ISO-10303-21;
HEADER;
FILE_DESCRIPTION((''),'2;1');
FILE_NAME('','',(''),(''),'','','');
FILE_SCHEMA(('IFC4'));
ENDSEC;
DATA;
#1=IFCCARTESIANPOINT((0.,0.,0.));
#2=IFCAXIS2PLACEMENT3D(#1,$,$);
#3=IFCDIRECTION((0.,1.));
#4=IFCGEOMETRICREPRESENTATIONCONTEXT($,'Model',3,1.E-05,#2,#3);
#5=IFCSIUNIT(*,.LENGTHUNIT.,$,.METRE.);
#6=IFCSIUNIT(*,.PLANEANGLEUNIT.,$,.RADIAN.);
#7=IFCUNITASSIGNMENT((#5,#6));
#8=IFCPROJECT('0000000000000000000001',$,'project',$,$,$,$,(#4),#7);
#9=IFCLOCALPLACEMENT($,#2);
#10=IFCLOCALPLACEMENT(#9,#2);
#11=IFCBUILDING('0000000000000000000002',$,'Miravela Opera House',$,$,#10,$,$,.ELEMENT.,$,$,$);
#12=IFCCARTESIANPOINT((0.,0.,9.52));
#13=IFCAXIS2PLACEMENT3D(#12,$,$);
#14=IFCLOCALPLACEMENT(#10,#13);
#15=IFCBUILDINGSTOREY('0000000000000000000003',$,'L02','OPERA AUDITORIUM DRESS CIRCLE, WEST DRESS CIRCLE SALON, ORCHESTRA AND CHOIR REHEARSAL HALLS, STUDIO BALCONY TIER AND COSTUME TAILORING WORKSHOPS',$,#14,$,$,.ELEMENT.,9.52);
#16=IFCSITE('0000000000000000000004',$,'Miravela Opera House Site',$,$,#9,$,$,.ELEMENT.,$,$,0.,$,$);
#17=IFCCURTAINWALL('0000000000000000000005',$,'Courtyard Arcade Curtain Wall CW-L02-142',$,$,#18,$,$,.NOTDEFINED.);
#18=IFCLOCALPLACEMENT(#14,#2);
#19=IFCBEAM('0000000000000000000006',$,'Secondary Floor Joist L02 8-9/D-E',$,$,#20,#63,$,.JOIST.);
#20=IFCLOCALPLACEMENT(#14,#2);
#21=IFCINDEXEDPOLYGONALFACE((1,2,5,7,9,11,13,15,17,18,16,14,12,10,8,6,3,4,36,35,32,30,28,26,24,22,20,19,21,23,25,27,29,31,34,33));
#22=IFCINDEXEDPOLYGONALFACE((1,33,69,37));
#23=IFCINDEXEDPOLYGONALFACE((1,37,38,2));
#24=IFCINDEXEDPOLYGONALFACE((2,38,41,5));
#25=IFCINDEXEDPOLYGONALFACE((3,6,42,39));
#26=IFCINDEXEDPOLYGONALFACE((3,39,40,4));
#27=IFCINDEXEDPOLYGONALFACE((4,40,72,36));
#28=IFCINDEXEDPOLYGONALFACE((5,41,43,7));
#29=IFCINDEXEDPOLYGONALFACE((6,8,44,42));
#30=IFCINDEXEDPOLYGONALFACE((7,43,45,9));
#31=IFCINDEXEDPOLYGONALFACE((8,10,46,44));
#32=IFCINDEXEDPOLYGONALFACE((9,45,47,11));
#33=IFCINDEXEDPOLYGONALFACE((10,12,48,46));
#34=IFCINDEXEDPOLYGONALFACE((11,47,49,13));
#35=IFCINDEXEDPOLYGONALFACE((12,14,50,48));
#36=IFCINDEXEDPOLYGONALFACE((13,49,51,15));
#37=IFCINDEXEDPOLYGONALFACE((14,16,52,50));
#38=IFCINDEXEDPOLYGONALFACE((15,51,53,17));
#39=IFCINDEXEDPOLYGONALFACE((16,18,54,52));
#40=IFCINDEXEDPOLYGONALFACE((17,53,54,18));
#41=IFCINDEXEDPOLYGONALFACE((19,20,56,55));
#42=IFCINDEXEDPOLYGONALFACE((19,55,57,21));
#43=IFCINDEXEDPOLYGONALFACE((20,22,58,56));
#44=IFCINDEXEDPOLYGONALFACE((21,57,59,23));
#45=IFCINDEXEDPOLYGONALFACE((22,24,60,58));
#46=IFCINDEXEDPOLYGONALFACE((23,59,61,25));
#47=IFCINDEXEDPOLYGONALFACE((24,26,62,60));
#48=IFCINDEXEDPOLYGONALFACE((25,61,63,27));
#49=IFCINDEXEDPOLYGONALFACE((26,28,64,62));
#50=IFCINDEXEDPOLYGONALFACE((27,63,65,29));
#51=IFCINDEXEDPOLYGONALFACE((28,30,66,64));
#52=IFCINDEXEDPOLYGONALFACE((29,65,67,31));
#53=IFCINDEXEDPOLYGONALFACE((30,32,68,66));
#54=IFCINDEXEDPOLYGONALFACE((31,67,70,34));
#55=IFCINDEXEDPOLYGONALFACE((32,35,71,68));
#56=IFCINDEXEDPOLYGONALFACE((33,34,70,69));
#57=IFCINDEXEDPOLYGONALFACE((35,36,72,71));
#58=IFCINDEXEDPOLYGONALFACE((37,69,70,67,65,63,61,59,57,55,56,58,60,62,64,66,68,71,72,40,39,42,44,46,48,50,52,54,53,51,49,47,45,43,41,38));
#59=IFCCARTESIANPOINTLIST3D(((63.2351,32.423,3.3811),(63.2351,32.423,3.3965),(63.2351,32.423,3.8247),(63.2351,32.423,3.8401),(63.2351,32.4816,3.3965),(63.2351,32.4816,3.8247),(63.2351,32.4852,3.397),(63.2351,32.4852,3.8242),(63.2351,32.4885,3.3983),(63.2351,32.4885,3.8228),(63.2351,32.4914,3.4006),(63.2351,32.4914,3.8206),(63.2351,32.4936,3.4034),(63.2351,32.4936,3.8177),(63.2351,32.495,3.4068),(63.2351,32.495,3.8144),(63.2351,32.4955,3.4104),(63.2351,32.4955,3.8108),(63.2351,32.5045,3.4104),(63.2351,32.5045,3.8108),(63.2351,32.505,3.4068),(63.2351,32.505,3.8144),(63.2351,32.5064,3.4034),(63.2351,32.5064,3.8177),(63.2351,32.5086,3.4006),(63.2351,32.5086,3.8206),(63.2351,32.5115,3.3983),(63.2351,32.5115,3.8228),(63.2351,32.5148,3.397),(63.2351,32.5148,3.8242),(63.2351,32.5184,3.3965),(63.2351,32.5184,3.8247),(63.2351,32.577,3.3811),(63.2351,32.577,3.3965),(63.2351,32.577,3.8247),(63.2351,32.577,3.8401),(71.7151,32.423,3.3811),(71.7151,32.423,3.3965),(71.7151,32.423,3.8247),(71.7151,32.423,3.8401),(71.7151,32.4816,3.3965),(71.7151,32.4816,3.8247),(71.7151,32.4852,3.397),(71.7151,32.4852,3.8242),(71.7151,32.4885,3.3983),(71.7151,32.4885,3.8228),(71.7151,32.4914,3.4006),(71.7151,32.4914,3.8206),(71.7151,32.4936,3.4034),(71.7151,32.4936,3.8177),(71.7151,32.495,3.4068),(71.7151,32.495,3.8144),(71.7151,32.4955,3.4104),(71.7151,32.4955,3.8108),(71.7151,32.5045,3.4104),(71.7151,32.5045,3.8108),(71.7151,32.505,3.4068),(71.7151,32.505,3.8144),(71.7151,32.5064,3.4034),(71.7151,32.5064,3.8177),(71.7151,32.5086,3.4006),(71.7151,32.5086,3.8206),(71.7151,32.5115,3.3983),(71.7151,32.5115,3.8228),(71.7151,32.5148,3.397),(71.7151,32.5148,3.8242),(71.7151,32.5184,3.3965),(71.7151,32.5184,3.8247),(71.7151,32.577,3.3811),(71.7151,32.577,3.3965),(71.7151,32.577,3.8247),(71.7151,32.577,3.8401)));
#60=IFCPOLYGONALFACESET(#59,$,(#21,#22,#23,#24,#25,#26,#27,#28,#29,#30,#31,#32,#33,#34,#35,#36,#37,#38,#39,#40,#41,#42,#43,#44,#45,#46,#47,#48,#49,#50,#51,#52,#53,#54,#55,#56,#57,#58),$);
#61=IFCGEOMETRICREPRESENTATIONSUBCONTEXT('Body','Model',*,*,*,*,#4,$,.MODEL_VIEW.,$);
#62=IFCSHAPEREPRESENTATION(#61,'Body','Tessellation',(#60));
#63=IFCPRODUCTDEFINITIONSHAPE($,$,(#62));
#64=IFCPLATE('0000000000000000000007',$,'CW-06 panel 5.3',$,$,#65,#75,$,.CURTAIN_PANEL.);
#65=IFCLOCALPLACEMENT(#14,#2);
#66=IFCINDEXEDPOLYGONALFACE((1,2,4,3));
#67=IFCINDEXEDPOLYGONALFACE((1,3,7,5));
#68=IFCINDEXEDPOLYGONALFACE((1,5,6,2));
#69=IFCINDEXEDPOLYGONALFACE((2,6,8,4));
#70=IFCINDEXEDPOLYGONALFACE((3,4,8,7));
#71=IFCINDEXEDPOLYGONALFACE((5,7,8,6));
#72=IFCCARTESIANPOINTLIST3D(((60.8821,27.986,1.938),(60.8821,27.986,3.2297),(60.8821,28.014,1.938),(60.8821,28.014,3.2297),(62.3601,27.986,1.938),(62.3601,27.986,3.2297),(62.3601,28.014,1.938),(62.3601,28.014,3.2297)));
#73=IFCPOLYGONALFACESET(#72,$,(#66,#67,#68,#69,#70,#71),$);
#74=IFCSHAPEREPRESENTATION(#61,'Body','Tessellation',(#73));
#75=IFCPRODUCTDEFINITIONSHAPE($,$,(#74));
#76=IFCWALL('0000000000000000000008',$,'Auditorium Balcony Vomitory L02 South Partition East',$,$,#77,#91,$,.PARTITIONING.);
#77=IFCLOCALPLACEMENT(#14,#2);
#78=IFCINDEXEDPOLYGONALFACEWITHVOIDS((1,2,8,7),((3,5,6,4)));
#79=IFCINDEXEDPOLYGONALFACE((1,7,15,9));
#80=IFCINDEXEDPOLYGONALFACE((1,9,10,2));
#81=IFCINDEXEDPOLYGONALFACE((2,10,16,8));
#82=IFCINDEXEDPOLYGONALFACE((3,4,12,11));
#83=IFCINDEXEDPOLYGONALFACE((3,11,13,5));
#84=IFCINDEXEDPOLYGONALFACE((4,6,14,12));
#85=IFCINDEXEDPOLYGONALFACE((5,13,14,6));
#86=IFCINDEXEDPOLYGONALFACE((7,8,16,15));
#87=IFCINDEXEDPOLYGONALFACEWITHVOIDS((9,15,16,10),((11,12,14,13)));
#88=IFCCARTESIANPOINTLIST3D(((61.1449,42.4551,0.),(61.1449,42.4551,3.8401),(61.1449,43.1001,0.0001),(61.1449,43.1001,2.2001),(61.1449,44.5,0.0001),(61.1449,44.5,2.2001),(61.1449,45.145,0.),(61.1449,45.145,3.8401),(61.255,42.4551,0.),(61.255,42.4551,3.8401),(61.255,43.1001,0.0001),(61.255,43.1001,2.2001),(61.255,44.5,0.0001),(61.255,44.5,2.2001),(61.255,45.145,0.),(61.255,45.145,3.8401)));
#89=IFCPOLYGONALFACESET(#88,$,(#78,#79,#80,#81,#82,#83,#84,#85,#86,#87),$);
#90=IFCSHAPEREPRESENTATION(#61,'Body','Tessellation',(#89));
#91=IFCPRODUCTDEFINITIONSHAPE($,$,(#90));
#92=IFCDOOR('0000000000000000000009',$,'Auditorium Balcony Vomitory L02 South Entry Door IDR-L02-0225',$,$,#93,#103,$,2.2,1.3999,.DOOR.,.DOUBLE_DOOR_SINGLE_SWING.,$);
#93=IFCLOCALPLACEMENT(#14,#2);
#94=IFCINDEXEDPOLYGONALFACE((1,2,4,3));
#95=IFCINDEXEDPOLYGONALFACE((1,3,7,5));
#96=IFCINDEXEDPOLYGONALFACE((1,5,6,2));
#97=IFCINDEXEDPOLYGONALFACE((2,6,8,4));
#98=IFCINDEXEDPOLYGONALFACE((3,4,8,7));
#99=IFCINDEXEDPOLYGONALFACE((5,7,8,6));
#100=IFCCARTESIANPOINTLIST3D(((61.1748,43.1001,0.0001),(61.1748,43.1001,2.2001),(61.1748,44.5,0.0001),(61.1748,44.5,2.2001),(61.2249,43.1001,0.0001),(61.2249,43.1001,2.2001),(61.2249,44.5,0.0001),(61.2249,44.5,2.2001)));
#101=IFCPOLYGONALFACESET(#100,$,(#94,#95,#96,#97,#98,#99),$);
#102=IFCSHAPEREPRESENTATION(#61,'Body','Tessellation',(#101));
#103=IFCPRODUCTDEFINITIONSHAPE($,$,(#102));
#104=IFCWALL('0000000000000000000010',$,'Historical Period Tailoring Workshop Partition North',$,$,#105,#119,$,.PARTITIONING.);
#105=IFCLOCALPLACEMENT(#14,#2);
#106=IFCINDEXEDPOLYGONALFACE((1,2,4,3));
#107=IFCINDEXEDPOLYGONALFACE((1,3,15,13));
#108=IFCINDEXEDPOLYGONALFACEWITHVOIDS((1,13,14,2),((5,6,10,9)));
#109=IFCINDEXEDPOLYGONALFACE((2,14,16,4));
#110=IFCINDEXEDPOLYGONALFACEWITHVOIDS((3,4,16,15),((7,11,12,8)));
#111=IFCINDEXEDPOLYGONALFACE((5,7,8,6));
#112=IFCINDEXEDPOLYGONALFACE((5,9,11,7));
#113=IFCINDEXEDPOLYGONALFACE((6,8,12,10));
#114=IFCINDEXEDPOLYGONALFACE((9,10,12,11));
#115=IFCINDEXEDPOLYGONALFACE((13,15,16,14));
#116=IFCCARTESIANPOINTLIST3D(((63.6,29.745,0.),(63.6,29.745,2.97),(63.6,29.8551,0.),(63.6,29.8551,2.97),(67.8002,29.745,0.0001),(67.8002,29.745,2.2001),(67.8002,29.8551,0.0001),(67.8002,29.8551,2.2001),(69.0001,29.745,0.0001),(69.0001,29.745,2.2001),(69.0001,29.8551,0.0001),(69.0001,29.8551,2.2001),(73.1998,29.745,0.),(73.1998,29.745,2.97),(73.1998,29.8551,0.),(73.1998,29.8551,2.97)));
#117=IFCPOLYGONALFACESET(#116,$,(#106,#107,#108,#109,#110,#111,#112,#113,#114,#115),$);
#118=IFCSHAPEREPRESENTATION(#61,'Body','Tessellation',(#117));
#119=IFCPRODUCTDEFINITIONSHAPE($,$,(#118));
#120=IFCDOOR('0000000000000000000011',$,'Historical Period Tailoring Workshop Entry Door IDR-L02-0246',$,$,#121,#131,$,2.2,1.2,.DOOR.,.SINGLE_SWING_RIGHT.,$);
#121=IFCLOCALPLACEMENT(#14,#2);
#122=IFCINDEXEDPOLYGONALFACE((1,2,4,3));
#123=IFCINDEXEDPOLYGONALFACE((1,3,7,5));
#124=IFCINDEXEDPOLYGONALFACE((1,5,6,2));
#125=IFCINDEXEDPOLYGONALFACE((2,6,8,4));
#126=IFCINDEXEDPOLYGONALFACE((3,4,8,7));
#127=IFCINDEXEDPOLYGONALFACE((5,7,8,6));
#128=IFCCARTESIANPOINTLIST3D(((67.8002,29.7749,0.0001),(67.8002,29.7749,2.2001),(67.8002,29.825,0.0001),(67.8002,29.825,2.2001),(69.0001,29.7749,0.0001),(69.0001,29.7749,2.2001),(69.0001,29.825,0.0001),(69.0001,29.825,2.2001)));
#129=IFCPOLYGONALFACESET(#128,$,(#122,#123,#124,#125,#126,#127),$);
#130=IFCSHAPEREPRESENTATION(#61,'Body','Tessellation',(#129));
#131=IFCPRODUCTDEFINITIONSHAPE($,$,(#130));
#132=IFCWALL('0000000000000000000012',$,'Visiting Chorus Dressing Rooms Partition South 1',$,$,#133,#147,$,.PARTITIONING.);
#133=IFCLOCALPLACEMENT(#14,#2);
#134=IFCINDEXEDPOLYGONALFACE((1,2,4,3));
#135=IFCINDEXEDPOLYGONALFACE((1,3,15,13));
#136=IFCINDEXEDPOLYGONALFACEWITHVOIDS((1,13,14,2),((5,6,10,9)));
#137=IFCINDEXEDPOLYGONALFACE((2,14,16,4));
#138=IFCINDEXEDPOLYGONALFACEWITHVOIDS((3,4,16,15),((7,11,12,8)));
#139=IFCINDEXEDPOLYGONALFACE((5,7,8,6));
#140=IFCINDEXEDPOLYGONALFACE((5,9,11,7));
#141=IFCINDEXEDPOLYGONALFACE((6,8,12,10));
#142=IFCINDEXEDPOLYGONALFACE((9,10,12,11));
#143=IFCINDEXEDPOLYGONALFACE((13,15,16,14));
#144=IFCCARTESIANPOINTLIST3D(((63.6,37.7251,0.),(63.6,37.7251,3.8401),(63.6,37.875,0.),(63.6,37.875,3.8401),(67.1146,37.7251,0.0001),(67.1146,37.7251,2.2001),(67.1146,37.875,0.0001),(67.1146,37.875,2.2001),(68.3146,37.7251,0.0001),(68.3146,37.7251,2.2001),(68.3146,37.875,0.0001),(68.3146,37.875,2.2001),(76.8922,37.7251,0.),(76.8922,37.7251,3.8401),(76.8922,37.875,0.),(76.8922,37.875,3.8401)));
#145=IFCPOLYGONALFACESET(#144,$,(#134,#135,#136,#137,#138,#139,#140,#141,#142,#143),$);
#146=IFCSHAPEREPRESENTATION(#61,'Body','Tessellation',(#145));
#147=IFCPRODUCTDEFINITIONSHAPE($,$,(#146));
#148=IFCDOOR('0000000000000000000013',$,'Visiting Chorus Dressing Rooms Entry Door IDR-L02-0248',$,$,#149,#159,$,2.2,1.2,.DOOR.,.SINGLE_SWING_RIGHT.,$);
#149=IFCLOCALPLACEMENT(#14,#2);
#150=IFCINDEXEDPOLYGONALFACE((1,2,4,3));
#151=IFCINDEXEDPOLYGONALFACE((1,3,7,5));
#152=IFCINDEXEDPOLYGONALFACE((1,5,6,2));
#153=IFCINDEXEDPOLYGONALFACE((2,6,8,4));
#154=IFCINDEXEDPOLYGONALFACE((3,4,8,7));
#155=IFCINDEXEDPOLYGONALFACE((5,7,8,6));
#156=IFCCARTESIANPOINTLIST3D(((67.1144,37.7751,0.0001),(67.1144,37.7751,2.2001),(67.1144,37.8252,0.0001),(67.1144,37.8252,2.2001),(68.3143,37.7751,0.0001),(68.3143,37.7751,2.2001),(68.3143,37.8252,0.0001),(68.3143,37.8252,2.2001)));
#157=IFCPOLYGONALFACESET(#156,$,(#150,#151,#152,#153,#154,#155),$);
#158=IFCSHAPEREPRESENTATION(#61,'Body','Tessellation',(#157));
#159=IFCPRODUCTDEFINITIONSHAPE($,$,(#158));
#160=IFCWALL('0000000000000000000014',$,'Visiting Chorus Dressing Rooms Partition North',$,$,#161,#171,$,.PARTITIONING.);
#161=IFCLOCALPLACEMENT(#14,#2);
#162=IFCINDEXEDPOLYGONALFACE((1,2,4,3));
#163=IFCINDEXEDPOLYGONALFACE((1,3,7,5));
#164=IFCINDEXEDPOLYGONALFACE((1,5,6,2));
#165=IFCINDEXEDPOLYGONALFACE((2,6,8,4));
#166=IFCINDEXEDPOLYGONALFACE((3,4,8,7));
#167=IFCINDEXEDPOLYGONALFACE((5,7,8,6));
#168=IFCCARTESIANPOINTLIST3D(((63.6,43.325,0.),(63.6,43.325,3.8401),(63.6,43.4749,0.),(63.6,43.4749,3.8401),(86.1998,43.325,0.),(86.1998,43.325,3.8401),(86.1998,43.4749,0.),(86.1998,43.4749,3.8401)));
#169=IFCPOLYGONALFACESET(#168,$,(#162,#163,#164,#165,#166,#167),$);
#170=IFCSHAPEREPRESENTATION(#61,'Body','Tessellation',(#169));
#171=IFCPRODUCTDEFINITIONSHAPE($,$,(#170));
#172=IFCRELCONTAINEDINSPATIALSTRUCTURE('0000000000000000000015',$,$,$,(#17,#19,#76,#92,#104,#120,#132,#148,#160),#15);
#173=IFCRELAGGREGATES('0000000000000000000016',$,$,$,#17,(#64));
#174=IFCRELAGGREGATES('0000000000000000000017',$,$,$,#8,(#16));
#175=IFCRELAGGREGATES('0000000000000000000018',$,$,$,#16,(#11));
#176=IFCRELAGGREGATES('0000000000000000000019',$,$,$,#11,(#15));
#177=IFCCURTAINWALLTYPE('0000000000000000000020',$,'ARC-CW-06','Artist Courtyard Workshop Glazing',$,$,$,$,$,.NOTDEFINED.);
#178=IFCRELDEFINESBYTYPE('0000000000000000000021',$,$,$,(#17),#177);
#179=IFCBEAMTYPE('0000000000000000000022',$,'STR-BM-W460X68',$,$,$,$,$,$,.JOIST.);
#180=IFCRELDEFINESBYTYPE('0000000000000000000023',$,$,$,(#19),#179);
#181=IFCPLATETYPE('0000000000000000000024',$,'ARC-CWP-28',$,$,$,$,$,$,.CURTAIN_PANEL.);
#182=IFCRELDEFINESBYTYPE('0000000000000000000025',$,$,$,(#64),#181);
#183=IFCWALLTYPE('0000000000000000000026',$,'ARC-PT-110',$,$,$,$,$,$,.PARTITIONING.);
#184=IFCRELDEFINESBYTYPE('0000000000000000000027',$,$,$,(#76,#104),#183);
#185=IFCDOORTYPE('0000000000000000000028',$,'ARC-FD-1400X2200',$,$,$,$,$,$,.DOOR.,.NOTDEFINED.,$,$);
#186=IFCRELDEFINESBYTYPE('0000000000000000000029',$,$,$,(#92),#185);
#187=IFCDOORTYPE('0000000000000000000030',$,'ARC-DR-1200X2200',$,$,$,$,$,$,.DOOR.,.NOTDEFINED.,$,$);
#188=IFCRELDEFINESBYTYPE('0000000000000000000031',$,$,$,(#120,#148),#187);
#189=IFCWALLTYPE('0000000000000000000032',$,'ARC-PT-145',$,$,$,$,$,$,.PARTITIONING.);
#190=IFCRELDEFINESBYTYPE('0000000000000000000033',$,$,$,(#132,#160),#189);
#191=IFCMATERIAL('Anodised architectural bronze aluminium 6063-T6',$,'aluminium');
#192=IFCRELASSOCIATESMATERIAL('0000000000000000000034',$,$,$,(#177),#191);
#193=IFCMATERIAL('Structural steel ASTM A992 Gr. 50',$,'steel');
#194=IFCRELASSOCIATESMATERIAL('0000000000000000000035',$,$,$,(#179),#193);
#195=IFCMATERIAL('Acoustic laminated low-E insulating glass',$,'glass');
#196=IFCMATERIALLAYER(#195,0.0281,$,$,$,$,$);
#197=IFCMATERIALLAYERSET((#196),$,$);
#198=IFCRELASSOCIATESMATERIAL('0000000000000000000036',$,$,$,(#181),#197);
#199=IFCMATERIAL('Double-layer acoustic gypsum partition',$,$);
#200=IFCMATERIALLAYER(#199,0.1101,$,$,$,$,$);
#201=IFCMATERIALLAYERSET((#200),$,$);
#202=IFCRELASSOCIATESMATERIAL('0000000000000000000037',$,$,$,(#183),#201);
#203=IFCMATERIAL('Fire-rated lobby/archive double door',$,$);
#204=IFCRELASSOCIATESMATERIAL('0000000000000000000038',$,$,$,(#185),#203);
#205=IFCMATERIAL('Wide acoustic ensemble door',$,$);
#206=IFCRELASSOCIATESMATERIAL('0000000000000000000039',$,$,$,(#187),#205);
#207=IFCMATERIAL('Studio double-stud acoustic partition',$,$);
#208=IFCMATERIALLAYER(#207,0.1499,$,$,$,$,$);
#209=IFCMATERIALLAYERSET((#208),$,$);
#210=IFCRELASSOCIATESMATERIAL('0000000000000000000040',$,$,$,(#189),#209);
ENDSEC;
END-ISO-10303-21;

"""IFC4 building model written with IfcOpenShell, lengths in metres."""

from ifc_helpers import new_model, si_unit, direction, frame, frame_2d, origin, origin_2d, place, context, subcontext, project, spatial, rectangle, i_section, extrude, material, layer, layer_set, material_profile, profile_set, type_object, element, fill, aggregate, save


model = new_model("IFC4")

# Units and contexts
model_context = context("Model", 3, precision=1e-05, world=origin(), true_north=direction((0.0, 1.0)))
body_context = subcontext(model_context, "Body", "Model", "MODEL_VIEW")
ifc_project = project(units=[si_unit("LENGTHUNIT", "METRE"), si_unit("PLANEANGLEUNIT", "RADIAN")], contexts=[model_context])

# Site, building, storey
site_placement = place(None, origin())
site = spatial("IfcSite", under=ifc_project, at=site_placement, Name="Miravela Opera House Site", CompositionType="ELEMENT", RefElevation=0.0)
building_placement = place(site_placement, origin())
building = spatial("IfcBuilding", under=site, at=building_placement, Name="Miravela Opera House", CompositionType="ELEMENT")
storey_placement = place(building_placement, frame((0.0, 0.0, 9.52)))
storey = spatial("IfcBuildingStorey", under=building, at=storey_placement, Name="L02", Description="OPERA AUDITORIUM DRESS CIRCLE, WEST DRESS CIRCLE SALON, ORCHESTRA AND CHOIR REHEARSAL HALLS, STUDIO BALCONY TIER AND COSTUME TAILORING WORKSHOPS", CompositionType="ELEMENT", Elevation=9.52)

# Curtain wall
ifc_material_1 = material(Name="Anodised architectural bronze aluminium 6063-T6", Category="aluminium")
curtain_wall_type = type_object("IfcCurtainWallType", Name="ARC-CW-06", Description="Artist Courtyard Workshop Glazing", PredefinedType="NOTDEFINED", material=ifc_material_1)
curtain_wall_placement = place(storey_placement, origin())
curtain_wall = element("IfcCurtainWall", 1, at=curtain_wall_placement, inside=storey, type_object=curtain_wall_type, Name="Courtyard Arcade Curtain Wall CW-L02-142", PredefinedType="NOTDEFINED")

# Beam
ifc_material_2 = material(Name="Structural steel ASTM A992 Gr. 50", Category="steel")
ifc_material_profile_1 = material_profile(ifc_material_2, i_section(OverallWidth=0.1541, OverallDepth=0.459, WebThickness=0.009, FlangeThickness=0.0154, FilletRadius=0.0139, at=origin_2d()), Name="W460X68")
ifc_profile_set_1 = profile_set([ifc_material_profile_1])
beam_type_1 = type_object("IfcBeamType", Name="STR-BM-W460X68", PredefinedType="JOIST", material=ifc_profile_set_1)
beam_1_placement = place(storey_placement, frame((63.2351, 32.5, 3.6106), z_axis=(1.0, 0.0, 0.0), x_axis=(0.0, 1.0, 0.0)))
element("IfcBeam", 2, at=beam_1_placement, inside=storey, type_object=beam_type_1, Name="Secondary Floor Joist L02 8-9/D-E", PredefinedType="JOIST", context=body_context, shape_type="SweptSolid", body=[
    extrude(i_section(OverallWidth=0.1541, OverallDepth=0.459, WebThickness=0.009, FlangeThickness=0.0154, FilletRadius=0.0139, at=origin_2d()), origin(), (0.0, 0.0, 1.0), 8.48),
])

# Plate
ifc_material_3 = material(Name="Acoustic laminated low-E insulating glass", Category="glass")
ifc_layer_1 = layer(ifc_material_3, 0.0281)
ifc_layer_set_1 = layer_set([ifc_layer_1])
plate_type = type_object("IfcPlateType", Name="ARC-CWP-28", PredefinedType="CURTAIN_PANEL", material=ifc_layer_set_1)
plate_placement = place(storey_placement, frame((61.6211, 28.0, 1.938), z_axis=(0.0, 0.0, 1.0), x_axis=(1.0, 0.0, 0.0)))
plate = element("IfcPlate", 3, at=plate_placement, type_object=plate_type, Name="CW-06 panel 5.3", PredefinedType="CURTAIN_PANEL", context=body_context, shape_type="SweptSolid", body=[
    extrude(rectangle(XDim=1.478, YDim=0.0281, at=origin_2d()), origin(), (0.0, 0.0, 1.0), 1.2917),
])
aggregate(curtain_wall, [plate])

# Walls, openings, doors
ifc_material_4 = material(Name="Double-layer acoustic gypsum partition")
ifc_layer_2 = layer(ifc_material_4, 0.1101)
ifc_layer_set_2 = layer_set([ifc_layer_2])
wall_type_1 = type_object("IfcWallType", Name="ARC-PT-110", PredefinedType="PARTITIONING", material=ifc_layer_set_2)
wall_1_placement = place(storey_placement, frame((61.2, 42.4551, 0.0), z_axis=(0.0, 0.0, 1.0), x_axis=(0.0, 1.0, 0.0)))
wall_1 = element("IfcWall", 4, at=wall_1_placement, inside=storey, type_object=wall_type_1, Name="Auditorium Balcony Vomitory L02 South Partition East", PredefinedType="PARTITIONING", context=body_context, shape_type="SweptSolid", body=[
    extrude(rectangle(XDim=2.6899, YDim=0.1101, at=frame_2d((1.345, 0.0))), origin(), (0.0, 0.0, 1.0), 3.8401),
])
opening_1_placement = place(wall_1_placement, frame((0.645, 0.0, 0.0)))
opening_1 = element("IfcOpeningElement", 5, at=opening_1_placement, cuts=wall_1, PredefinedType="OPENING", context=body_context, shape_type="SweptSolid", body=[
    extrude(rectangle(XDim=1.3999, YDim=2.2, at=frame_2d((0.7, 1.1001))), frame((0.0, 0.0649, 0.0), z_axis=(0.0, -1.0, 0.0), x_axis=(1.0, 0.0, 0.0)), (0.0, 0.0, 1.0), 0.1301),
])
ifc_material_5 = material(Name="Fire-rated lobby/archive double door")
door_type_1 = type_object("IfcDoorType", Name="ARC-FD-1400X2200", OperationType="NOTDEFINED", PredefinedType="DOOR", material=ifc_material_5)
door_1_placement = place(opening_1_placement, frame((1.3999, 0.0, 0.0), z_axis=(0.0, 0.0, 1.0), x_axis=(-1.0, 0.0, 0.0)))
door_1 = element("IfcDoor", 6, at=door_1_placement, inside=storey, type_object=door_type_1, Name="Auditorium Balcony Vomitory L02 South Entry Door IDR-L02-0225", OperationType="DOUBLE_DOOR_SINGLE_SWING", OverallHeight=2.2, OverallWidth=1.3999, PredefinedType="DOOR", context=body_context, shape_type="SweptSolid", body=[
    extrude(rectangle(XDim=1.3999, YDim=2.2, at=frame_2d((0.7, 1.1001))), frame((0.0, 0.0249, 0.0), z_axis=(0.0, -1.0, 0.0), x_axis=(1.0, 0.0, 0.0)), (0.0, 0.0, 1.0), 0.05),
])
fill(opening_1, door_1)
wall_2_placement = place(storey_placement, frame((63.6001, 29.8, 0.0), z_axis=(0.0, 0.0, 1.0), x_axis=(1.0, 0.0, 0.0)))
wall_2 = element("IfcWall", 7, at=wall_2_placement, inside=storey, type_object=wall_type_1, Name="Historical Period Tailoring Workshop Partition North", PredefinedType="PARTITIONING", context=body_context, shape_type="SweptSolid", body=[
    extrude(rectangle(XDim=9.5999, YDim=0.1101, at=frame_2d((4.7998, 0.0))), origin(), (0.0, 0.0, 1.0), 2.97),
])
opening_2_placement = place(wall_2_placement, frame((4.2, 0.0, 0.0)))
opening_2 = element("IfcOpeningElement", 8, at=opening_2_placement, cuts=wall_2, PredefinedType="OPENING", context=body_context, shape_type="SweptSolid", body=[
    extrude(rectangle(XDim=1.2, YDim=2.2, at=frame_2d((0.6001, 1.1001))), frame((0.0, 0.0649, 0.0), z_axis=(0.0, -1.0, 0.0), x_axis=(1.0, 0.0, 0.0)), (0.0, 0.0, 1.0), 0.1301),
])
ifc_material_6 = material(Name="Wide acoustic ensemble door")
door_type_2 = type_object("IfcDoorType", Name="ARC-DR-1200X2200", OperationType="NOTDEFINED", PredefinedType="DOOR", material=ifc_material_6)
door_2_placement = place(opening_2_placement, origin())
door_2 = element("IfcDoor", 9, at=door_2_placement, inside=storey, type_object=door_type_2, Name="Historical Period Tailoring Workshop Entry Door IDR-L02-0246", OperationType="SINGLE_SWING_RIGHT", OverallHeight=2.2, OverallWidth=1.2, PredefinedType="DOOR", context=body_context, shape_type="SweptSolid", body=[
    extrude(rectangle(XDim=1.2, YDim=2.2, at=frame_2d((0.6001, 1.1001))), frame((0.0, 0.0249, 0.0), z_axis=(0.0, -1.0, 0.0), x_axis=(1.0, 0.0, 0.0)), (0.0, 0.0, 1.0), 0.05),
])
fill(opening_2, door_2)
ifc_material_7 = material(Name="Studio double-stud acoustic partition")
ifc_layer_3 = layer(ifc_material_7, 0.1499)
ifc_layer_set_3 = layer_set([ifc_layer_3])
wall_type_2 = type_object("IfcWallType", Name="ARC-PT-145", PredefinedType="PARTITIONING", material=ifc_layer_set_3)
wall_3_placement = place(storey_placement, frame((63.6001, 37.8, 0.0), z_axis=(0.0, 0.0, 1.0), x_axis=(1.0, 0.0, 0.0)))
wall_3 = element("IfcWall", 10, at=wall_3_placement, inside=storey, type_object=wall_type_2, Name="Visiting Chorus Dressing Rooms Partition South 1", PredefinedType="PARTITIONING", context=body_context, shape_type="SweptSolid", body=[
    extrude(rectangle(XDim=13.2922, YDim=0.1499, at=frame_2d((6.646, 0.0))), origin(), (0.0, 0.0, 1.0), 3.8401),
])
opening_3_placement = place(wall_3_placement, frame((3.5144, 0.0, 0.0)))
opening_3 = element("IfcOpeningElement", 11, at=opening_3_placement, cuts=wall_3, PredefinedType="OPENING", context=body_context, shape_type="SweptSolid", body=[
    extrude(rectangle(XDim=1.2, YDim=2.2, at=frame_2d((0.6001, 1.1001))), frame((0.0, 0.085, 0.0), z_axis=(0.0, -1.0, 0.0), x_axis=(1.0, 0.0, 0.0)), (0.0, 0.0, 1.0), 0.1699),
])
door_3_placement = place(opening_3_placement, frame((1.2, 0.0, 0.0), z_axis=(0.0, 0.0, 1.0), x_axis=(-1.0, 0.0, 0.0)))
door_3 = element("IfcDoor", 12, at=door_3_placement, inside=storey, type_object=door_type_2, Name="Visiting Chorus Dressing Rooms Entry Door IDR-L02-0248", OperationType="SINGLE_SWING_RIGHT", OverallHeight=2.2, OverallWidth=1.2, PredefinedType="DOOR", context=body_context, shape_type="SweptSolid", body=[
    extrude(rectangle(XDim=1.2, YDim=2.2, at=frame_2d((0.6001, 1.1001))), frame((0.0, 0.0249, 0.0), z_axis=(0.0, -1.0, 0.0), x_axis=(1.0, 0.0, 0.0)), (0.0, 0.0, 1.0), 0.05),
])
fill(opening_3, door_3)

# Wall
wall_4_placement = place(storey_placement, frame((63.6001, 43.3999, 0.0), z_axis=(0.0, 0.0, 1.0), x_axis=(1.0, 0.0, 0.0)))
element("IfcWall", 13, at=wall_4_placement, inside=storey, type_object=wall_type_2, Name="Visiting Chorus Dressing Rooms Partition North", PredefinedType="PARTITIONING", context=body_context, shape_type="SweptSolid", body=[
    extrude(rectangle(XDim=22.5999, YDim=0.1499, at=frame_2d((11.2998, 0.0))), origin(), (0.0, 0.0, 1.0), 3.8401),
])

save(model, "model.ifc")
